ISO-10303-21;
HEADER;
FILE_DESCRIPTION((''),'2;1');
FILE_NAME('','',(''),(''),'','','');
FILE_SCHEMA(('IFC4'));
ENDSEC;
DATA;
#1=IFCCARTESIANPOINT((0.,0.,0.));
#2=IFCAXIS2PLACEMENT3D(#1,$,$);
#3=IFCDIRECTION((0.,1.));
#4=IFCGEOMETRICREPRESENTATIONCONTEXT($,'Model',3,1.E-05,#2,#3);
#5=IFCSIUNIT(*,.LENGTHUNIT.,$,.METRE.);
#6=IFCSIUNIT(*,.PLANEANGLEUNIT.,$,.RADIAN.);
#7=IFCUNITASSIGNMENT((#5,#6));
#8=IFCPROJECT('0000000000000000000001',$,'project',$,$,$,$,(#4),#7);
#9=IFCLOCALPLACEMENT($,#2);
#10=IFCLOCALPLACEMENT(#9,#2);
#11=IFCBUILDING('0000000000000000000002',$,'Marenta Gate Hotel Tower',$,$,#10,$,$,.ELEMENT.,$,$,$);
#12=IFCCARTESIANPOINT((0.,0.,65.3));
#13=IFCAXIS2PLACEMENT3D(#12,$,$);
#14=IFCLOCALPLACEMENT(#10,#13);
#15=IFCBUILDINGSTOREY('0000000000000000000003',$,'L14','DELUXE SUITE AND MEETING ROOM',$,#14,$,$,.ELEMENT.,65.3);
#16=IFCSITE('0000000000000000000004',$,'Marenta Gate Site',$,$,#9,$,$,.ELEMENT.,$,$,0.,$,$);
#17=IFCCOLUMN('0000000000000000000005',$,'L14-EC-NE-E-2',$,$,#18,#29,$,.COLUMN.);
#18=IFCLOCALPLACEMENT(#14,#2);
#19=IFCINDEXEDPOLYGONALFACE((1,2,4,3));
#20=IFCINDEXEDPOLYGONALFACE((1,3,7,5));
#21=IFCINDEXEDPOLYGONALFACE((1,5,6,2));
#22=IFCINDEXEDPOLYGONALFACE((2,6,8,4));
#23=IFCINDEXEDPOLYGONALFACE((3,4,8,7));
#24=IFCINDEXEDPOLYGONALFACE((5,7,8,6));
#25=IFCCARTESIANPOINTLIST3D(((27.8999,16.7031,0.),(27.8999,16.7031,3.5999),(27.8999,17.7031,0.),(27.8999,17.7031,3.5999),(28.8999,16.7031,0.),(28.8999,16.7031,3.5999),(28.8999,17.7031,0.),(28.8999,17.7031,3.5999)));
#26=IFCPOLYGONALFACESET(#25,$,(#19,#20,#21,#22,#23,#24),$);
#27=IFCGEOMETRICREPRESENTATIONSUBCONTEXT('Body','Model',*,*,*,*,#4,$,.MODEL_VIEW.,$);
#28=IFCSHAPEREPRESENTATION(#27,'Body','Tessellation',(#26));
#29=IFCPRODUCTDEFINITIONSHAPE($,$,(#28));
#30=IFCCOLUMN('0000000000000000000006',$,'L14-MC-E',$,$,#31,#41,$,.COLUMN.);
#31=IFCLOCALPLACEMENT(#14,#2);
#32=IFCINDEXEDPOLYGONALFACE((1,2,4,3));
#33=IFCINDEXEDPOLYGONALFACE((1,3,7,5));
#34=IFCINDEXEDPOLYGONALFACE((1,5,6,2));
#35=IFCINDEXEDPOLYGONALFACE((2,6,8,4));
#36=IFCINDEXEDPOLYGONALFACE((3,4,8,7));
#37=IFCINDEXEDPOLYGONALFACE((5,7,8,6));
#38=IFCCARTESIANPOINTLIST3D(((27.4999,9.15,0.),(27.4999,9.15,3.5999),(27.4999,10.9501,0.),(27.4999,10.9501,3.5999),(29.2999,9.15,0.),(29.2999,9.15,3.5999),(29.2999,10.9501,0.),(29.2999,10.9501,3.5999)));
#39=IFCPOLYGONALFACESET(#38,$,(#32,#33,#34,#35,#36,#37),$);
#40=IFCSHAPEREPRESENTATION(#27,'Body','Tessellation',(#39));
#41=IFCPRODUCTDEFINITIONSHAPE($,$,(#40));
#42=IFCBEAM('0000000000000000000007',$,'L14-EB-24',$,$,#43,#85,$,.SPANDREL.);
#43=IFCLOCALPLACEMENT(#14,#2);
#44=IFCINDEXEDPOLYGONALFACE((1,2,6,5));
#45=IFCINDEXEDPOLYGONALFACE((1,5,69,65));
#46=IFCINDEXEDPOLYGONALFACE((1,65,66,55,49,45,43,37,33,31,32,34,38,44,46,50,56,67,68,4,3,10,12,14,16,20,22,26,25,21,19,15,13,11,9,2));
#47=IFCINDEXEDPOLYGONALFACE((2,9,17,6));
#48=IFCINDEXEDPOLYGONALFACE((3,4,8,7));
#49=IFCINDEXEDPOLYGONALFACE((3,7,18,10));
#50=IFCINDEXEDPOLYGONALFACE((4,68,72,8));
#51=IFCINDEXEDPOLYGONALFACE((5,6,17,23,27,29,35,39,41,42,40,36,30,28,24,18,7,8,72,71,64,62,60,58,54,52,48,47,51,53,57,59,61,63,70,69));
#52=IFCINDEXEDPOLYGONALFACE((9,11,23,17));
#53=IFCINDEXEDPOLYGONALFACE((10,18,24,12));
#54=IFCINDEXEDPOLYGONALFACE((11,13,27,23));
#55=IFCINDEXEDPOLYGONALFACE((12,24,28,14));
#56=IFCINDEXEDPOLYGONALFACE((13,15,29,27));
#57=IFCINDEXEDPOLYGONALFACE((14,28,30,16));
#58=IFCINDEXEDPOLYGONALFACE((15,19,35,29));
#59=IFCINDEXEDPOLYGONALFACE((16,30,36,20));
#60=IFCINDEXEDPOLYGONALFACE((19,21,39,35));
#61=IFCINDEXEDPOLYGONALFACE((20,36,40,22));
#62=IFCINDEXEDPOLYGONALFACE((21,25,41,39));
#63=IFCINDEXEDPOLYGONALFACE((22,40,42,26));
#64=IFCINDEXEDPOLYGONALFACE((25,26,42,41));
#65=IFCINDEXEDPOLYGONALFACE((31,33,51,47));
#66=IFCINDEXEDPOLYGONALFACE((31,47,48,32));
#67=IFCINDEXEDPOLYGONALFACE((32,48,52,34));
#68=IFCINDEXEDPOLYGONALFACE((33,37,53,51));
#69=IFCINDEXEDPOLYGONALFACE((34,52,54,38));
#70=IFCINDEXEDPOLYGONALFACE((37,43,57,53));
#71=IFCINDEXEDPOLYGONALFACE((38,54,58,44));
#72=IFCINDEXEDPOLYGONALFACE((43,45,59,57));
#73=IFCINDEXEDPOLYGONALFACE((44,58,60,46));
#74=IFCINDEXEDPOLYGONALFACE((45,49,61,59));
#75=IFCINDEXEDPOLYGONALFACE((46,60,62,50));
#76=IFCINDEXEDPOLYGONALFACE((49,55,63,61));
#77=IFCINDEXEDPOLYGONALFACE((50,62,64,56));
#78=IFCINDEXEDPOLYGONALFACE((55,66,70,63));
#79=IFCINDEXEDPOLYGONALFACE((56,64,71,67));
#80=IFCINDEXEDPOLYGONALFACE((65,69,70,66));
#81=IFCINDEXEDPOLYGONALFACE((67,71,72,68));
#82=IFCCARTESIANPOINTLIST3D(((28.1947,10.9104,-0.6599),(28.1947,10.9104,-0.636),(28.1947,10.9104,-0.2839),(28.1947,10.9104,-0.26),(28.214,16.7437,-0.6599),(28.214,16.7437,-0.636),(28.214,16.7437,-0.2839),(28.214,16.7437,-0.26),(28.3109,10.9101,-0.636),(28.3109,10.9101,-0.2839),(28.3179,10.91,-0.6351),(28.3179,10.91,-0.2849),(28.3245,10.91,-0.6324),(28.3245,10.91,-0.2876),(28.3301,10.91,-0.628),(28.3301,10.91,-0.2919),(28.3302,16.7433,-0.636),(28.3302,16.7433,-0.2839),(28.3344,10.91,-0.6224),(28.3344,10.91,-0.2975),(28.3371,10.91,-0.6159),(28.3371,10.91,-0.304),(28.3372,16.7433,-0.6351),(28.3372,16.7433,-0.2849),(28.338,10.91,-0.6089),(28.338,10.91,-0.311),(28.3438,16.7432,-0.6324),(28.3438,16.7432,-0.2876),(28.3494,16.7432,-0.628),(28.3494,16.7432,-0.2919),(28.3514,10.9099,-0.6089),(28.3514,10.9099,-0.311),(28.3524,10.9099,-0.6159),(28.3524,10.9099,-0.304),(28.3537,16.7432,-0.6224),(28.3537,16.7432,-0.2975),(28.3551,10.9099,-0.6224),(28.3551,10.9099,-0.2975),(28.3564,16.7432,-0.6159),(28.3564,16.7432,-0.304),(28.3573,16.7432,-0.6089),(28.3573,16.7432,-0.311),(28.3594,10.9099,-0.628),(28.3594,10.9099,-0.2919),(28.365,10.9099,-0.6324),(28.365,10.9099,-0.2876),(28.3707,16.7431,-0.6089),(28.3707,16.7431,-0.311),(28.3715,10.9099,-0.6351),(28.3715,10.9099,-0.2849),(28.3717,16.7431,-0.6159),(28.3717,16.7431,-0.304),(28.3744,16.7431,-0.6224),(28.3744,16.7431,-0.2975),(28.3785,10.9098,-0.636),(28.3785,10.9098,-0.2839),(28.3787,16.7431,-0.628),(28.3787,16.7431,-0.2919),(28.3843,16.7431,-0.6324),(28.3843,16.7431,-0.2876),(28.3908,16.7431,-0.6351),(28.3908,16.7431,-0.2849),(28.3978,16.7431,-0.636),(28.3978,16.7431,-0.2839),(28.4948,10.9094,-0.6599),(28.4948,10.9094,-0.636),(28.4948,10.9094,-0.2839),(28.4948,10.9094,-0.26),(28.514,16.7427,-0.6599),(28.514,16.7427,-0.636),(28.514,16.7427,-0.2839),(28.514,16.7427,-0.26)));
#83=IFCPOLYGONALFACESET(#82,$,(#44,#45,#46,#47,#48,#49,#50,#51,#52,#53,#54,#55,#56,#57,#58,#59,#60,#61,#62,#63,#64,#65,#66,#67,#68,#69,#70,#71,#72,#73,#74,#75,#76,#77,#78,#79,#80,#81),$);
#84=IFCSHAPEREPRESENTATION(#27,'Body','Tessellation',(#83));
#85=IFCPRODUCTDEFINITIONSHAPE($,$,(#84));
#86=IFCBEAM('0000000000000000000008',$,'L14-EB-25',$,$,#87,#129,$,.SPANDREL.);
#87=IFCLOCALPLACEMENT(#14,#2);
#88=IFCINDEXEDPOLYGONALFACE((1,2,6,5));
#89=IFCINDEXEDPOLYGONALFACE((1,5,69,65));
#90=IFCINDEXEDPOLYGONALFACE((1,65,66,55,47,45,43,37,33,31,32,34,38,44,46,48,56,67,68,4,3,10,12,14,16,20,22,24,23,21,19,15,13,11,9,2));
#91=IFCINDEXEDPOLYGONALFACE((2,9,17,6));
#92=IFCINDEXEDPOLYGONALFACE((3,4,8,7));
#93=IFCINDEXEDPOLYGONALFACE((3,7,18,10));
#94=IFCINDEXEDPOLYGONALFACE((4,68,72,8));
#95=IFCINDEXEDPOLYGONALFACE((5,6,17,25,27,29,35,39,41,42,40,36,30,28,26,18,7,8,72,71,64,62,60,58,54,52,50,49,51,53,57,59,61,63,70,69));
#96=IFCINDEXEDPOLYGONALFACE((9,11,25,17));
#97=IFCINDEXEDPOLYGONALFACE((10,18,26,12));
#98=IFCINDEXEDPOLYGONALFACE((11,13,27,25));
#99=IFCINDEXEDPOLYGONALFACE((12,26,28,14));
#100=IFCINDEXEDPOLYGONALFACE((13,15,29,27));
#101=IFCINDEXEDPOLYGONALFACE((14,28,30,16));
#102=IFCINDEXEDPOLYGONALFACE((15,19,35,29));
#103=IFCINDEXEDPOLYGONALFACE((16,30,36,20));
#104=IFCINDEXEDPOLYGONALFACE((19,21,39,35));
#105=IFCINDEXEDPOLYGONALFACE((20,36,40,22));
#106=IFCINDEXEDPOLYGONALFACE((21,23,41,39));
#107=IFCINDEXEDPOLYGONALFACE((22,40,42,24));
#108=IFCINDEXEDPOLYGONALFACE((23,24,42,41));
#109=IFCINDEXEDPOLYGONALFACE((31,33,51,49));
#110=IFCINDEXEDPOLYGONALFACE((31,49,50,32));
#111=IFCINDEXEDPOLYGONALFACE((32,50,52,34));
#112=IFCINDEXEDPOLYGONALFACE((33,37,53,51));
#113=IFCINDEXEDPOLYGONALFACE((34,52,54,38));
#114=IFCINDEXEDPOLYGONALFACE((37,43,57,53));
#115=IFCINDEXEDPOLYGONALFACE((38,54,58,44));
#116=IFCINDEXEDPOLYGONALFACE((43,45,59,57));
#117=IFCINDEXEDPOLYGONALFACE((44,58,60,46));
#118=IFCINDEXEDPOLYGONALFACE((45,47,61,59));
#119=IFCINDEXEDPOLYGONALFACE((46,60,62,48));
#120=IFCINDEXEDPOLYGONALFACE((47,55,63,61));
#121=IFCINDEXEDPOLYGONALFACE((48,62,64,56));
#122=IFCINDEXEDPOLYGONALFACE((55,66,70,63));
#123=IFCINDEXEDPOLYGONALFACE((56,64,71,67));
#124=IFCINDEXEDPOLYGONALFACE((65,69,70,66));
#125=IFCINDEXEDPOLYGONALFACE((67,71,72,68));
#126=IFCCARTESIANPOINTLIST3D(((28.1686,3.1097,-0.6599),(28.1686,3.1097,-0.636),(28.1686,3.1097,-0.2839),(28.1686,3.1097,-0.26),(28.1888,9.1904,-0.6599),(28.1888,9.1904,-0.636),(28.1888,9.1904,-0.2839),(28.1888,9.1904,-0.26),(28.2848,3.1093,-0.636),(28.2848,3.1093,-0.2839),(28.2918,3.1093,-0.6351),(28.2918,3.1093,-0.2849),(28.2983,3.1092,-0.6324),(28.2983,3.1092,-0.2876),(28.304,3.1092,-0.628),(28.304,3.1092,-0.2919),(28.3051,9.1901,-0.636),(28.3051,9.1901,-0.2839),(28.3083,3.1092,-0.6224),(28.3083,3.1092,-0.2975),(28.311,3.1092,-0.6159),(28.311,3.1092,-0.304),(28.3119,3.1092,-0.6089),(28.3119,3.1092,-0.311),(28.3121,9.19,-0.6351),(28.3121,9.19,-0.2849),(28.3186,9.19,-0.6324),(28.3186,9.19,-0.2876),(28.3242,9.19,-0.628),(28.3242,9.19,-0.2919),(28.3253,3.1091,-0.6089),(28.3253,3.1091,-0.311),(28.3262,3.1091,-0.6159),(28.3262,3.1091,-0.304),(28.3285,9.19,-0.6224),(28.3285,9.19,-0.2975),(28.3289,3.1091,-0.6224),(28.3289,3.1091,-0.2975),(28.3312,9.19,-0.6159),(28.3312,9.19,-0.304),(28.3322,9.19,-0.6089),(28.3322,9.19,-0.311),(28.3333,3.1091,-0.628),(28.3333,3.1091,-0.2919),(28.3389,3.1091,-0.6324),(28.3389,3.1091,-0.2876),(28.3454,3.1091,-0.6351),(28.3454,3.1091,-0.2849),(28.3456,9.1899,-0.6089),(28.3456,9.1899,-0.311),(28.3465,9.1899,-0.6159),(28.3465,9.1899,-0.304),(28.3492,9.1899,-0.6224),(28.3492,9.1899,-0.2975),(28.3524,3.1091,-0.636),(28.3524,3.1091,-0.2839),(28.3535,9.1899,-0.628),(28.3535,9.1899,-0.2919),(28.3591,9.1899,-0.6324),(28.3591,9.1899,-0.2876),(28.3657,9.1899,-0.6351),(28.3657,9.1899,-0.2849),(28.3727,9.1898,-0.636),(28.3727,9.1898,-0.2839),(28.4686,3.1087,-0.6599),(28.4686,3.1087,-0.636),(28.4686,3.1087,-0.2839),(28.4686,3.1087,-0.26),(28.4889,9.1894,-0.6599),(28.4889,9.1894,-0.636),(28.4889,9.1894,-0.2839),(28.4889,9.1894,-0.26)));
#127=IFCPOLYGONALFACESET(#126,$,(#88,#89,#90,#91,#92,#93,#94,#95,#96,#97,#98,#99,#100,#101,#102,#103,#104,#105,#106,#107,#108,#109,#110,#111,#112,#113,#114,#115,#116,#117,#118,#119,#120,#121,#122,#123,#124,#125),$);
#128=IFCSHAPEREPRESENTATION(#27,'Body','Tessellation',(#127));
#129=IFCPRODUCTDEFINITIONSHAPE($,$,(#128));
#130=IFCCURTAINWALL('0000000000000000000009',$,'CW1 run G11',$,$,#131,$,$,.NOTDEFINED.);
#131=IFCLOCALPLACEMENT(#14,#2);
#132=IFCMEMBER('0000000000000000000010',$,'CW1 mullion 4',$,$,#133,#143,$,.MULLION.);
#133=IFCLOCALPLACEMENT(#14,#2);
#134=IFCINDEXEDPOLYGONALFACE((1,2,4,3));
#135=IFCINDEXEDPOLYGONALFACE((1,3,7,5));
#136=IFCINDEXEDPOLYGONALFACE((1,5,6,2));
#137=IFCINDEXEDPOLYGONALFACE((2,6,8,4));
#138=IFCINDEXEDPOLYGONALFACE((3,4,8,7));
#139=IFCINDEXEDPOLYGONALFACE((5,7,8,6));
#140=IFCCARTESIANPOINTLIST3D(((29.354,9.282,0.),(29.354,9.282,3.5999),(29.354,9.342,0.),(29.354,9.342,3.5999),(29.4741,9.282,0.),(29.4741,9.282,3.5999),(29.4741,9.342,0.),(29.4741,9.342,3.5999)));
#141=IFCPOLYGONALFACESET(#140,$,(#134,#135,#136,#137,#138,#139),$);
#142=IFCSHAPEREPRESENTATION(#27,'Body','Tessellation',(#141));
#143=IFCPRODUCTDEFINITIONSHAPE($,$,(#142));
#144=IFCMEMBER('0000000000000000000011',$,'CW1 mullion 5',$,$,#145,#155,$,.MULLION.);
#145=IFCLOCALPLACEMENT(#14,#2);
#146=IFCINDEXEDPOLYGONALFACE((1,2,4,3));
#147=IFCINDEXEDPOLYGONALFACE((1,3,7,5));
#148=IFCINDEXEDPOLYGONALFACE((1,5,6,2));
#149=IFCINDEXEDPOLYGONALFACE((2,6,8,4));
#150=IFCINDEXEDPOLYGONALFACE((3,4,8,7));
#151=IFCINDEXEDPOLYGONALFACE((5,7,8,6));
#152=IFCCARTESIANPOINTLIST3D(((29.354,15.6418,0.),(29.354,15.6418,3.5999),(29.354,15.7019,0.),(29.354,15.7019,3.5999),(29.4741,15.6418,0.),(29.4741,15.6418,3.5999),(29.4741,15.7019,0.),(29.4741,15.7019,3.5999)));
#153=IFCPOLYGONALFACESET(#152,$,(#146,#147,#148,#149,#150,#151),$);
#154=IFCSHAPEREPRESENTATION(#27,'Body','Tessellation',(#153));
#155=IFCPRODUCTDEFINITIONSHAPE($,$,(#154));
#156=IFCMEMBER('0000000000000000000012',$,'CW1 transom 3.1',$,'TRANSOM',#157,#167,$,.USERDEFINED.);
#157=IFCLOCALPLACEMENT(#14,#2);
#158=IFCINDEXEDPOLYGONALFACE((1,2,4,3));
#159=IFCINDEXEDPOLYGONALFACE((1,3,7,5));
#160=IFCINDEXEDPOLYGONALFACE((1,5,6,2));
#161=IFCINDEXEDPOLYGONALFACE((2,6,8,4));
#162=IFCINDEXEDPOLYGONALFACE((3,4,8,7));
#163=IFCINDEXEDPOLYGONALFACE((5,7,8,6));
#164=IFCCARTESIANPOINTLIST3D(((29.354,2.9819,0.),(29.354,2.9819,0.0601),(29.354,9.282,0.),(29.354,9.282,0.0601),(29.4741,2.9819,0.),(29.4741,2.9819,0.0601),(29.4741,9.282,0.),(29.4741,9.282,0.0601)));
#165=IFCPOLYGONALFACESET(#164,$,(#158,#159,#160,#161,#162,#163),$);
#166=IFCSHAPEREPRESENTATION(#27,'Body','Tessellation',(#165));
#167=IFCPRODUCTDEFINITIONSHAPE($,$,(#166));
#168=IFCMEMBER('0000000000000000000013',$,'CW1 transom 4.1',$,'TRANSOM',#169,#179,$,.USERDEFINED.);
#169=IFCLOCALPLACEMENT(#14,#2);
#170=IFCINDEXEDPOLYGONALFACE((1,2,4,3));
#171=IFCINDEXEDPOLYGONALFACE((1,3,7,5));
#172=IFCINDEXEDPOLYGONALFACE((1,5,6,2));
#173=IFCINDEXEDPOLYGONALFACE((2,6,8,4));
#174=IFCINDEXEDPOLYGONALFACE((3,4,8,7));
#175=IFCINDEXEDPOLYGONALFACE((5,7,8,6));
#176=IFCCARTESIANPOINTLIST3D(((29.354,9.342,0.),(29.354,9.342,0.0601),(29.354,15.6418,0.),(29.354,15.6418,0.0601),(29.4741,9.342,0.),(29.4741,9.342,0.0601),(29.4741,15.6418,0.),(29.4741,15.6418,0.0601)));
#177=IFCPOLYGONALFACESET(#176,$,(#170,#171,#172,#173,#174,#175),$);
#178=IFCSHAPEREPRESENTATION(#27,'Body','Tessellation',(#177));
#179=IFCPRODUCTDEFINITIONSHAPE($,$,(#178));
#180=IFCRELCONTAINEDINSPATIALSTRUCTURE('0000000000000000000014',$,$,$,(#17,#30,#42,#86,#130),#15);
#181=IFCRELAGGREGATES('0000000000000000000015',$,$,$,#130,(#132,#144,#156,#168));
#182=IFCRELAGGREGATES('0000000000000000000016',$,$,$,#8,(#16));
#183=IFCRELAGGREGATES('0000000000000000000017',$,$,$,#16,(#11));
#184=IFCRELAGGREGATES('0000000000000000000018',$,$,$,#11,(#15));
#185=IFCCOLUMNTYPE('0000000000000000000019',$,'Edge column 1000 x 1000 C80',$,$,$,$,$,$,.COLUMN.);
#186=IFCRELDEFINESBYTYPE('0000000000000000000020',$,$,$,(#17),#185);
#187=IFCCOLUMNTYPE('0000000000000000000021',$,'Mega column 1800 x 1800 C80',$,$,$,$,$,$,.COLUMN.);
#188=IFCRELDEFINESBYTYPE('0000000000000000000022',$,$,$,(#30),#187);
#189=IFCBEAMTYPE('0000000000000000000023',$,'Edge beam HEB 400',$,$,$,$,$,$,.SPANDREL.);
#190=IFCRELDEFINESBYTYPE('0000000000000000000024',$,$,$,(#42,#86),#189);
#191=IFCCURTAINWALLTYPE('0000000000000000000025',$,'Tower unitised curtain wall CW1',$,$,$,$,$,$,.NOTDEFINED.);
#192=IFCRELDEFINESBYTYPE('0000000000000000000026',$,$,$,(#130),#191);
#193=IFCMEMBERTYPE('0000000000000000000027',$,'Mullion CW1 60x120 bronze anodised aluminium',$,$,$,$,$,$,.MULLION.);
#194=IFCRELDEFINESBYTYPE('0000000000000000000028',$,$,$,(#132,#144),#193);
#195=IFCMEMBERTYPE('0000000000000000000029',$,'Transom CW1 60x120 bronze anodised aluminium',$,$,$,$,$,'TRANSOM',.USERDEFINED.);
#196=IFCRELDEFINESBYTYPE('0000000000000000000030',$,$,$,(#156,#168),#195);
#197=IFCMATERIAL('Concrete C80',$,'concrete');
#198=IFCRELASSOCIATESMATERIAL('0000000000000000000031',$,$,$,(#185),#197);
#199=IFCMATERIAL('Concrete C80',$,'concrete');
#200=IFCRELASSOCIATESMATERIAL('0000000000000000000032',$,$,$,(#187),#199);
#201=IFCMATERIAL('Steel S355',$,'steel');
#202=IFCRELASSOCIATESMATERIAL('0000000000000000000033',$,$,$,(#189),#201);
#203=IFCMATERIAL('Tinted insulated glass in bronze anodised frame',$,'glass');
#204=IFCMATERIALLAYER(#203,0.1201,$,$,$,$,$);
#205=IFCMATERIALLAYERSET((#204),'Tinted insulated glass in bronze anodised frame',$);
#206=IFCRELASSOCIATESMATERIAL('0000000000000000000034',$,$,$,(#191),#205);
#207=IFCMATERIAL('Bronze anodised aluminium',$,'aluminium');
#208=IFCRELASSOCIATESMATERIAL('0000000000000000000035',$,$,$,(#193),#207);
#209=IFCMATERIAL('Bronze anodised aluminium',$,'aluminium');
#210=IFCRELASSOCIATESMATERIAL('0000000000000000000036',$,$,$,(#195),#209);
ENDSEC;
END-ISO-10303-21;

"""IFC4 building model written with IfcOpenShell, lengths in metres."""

from ifc_helpers import new_model, si_unit, direction, frame, origin, origin_2d, place, context, subcontext, project, spatial, rectangle, i_section, extrude, material, layer, layer_set, material_profile, profile_set, type_object, element, aggregate, save


model = new_model("IFC4")

# Units and contexts
model_context = context("Model", 3, precision=1e-05, world=origin(), true_north=direction((0.0, 1.0)))
body_context = subcontext(model_context, "Body", "Model", "MODEL_VIEW")
ifc_project = project(units=[si_unit("LENGTHUNIT", "METRE"), si_unit("PLANEANGLEUNIT", "RADIAN")], contexts=[model_context])

# Site, building, storey
site_placement = place(None, origin())
site = spatial("IfcSite", under=ifc_project, at=site_placement, Name="Marenta Gate Site", CompositionType="ELEMENT", RefElevation=0.0)
building_placement = place(site_placement, origin())
building = spatial("IfcBuilding", under=site, at=building_placement, Name="Marenta Gate Hotel Tower", CompositionType="ELEMENT")
storey_placement = place(building_placement, frame((0.0, 0.0, 65.3)))
storey = spatial("IfcBuildingStorey", under=building, at=storey_placement, Name="L14", Description="DELUXE SUITE AND MEETING ROOM", CompositionType="ELEMENT", Elevation=65.3)

# Columns
ifc_material_1 = material(Name="Concrete C80", Category="concrete")
ifc_material_profile_1 = material_profile(ifc_material_1, rectangle(XDim=1.0, YDim=1.0, at=origin_2d()), Name="1000 x 1000")
ifc_profile_set_1 = profile_set([ifc_material_profile_1], Name="Concrete C80")
column_type_1 = type_object("IfcColumnType", Name="Edge column 1000 x 1000 C80", PredefinedType="COLUMN", material=ifc_profile_set_1)
column_1_placement = place(storey_placement, frame((28.3999, 17.2031, 0.0), z_axis=(0.0, 0.0, 1.0), x_axis=(1.0, 0.0, 0.0)))
element("IfcColumn", 1, at=column_1_placement, inside=storey, type_object=column_type_1, Name="L14-EC-NE-E-2", PredefinedType="COLUMN", context=body_context, shape_type="SweptSolid", body=[
    extrude(rectangle(XDim=1.0, YDim=1.0, at=origin_2d()), origin(), (0.0, 0.0, 1.0), 3.5999),
])
ifc_material_2 = material(Name="Concrete C80", Category="concrete")
ifc_material_profile_2 = material_profile(ifc_material_2, rectangle(XDim=1.8, YDim=1.8, at=origin_2d()), Name="1800 x 1800")
ifc_profile_set_2 = profile_set([ifc_material_profile_2], Name="Concrete C80")
column_type_2 = type_object("IfcColumnType", Name="Mega column 1800 x 1800 C80", PredefinedType="COLUMN", material=ifc_profile_set_2)
column_2_placement = place(storey_placement, frame((28.3999, 10.05, 0.0), z_axis=(0.0, 0.0, 1.0), x_axis=(1.0, 0.0, 0.0)))
element("IfcColumn", 2, at=column_2_placement, inside=storey, type_object=column_type_2, Name="L14-MC-E", PredefinedType="COLUMN", context=body_context, shape_type="SweptSolid", body=[
    extrude(rectangle(XDim=1.8, YDim=1.8, at=origin_2d()), origin(), (0.0, 0.0, 1.0), 3.5999),
])

# Beams
ifc_material_3 = material(Name="Steel S355", Category="steel")
ifc_material_profile_3 = material_profile(ifc_material_3, i_section(OverallWidth=0.3, OverallDepth=0.3999, WebThickness=0.0134, FlangeThickness=0.0239, FilletRadius=0.0271, at=origin_2d()), Name="HEB 400")
ifc_profile_set_3 = profile_set([ifc_material_profile_3], Name="Steel S355")
beam_type = type_object("IfcBeamType", Name="Edge beam HEB 400", PredefinedType="SPANDREL", material=ifc_profile_set_3)
beam_1_placement = place(storey_placement, frame((28.364, 16.7432, -0.46), z_axis=(-0.003306, -0.999995, 0.0), x_axis=(0.999995, -0.003306, 0.0)))
element("IfcBeam", 3, at=beam_1_placement, inside=storey, type_object=beam_type, Name="L14-EB-24", PredefinedType="SPANDREL", context=body_context, shape_type="SweptSolid", body=[
    extrude(i_section(OverallWidth=0.3, OverallDepth=0.3999, WebThickness=0.0134, FlangeThickness=0.0239, FilletRadius=0.0271, at=origin_2d()), origin(), (0.0, 0.0, 1.0), 5.8333),
])
beam_2_placement = place(storey_placement, frame((28.3389, 9.1899, -0.46), z_axis=(-0.003332, -0.999994, 0.0), x_axis=(0.999994, -0.003332, 0.0)))
element("IfcBeam", 4, at=beam_2_placement, inside=storey, type_object=beam_type, Name="L14-EB-25", PredefinedType="SPANDREL", context=body_context, shape_type="SweptSolid", body=[
    extrude(i_section(OverallWidth=0.3, OverallDepth=0.3999, WebThickness=0.0134, FlangeThickness=0.0239, FilletRadius=0.0271, at=origin_2d()), origin(), (0.0, 0.0, 1.0), 6.0808),
])

# Curtain wall, members
ifc_material_4 = material(Name="Tinted insulated glass in bronze anodised frame", Category="glass")
ifc_layer_1 = layer(ifc_material_4, 0.1201)
ifc_layer_set_1 = layer_set([ifc_layer_1], Name="Tinted insulated glass in bronze anodised frame")
curtain_wall_type = type_object("IfcCurtainWallType", Name="Tower unitised curtain wall CW1", PredefinedType="NOTDEFINED", material=ifc_layer_set_1)
curtain_wall_placement = place(storey_placement, origin())
curtain_wall = element("IfcCurtainWall", 5, at=curtain_wall_placement, inside=storey, type_object=curtain_wall_type, Name="CW1 run G11", PredefinedType="NOTDEFINED")
ifc_material_5 = material(Name="Bronze anodised aluminium", Category="aluminium")
ifc_material_profile_4 = material_profile(ifc_material_5, rectangle(XDim=0.1201, YDim=0.0601, at=origin_2d()), Name="Mullion CW1 60x120 bronze anodised aluminium")
ifc_profile_set_4 = profile_set([ifc_material_profile_4], Name="Bronze anodised aluminium")
member_type_1 = type_object("IfcMemberType", Name="Mullion CW1 60x120 bronze anodised aluminium", PredefinedType="MULLION", material=ifc_profile_set_4)
member_1_placement = place(storey_placement, frame((29.4141, 9.312, 0.0), z_axis=(0.0, 0.0, 1.0), x_axis=(-1.0, 0.0, 0.0)))
member_1 = element("IfcMember", 6, at=member_1_placement, type_object=member_type_1, Name="CW1 mullion 4", PredefinedType="MULLION", context=body_context, shape_type="SweptSolid", body=[
    extrude(rectangle(XDim=0.1201, YDim=0.0601, at=origin_2d()), origin(), (0.0, 0.0, 1.0), 3.5999),
])
member_2_placement = place(storey_placement, frame((29.4141, 15.6719, 0.0), z_axis=(0.0, 0.0, 1.0), x_axis=(-1.0, 0.0, 0.0)))
member_2 = element("IfcMember", 7, at=member_2_placement, type_object=member_type_1, Name="CW1 mullion 5", PredefinedType="MULLION", context=body_context, shape_type="SweptSolid", body=[
    extrude(rectangle(XDim=0.1201, YDim=0.0601, at=origin_2d()), origin(), (0.0, 0.0, 1.0), 3.5999),
])
ifc_material_6 = material(Name="Bronze anodised aluminium", Category="aluminium")
ifc_material_profile_5 = material_profile(ifc_material_6, rectangle(XDim=0.1201, YDim=0.0601, at=origin_2d()), Name="Transom CW1 60x120 bronze anodised aluminium")
ifc_profile_set_5 = profile_set([ifc_material_profile_5], Name="Bronze anodised aluminium")
member_type_2 = type_object("IfcMemberType", Name="Transom CW1 60x120 bronze anodised aluminium", ElementType="TRANSOM", PredefinedType="USERDEFINED", material=ifc_profile_set_5)
member_3_placement = place(storey_placement, frame((29.4141, 2.9819, 0.03), z_axis=(0.0, 1.0, 0.0), x_axis=(-1.0, 0.0, 0.0)))
member_3 = element("IfcMember", 8, at=member_3_placement, type_object=member_type_2, Name="CW1 transom 3.1", ObjectType="TRANSOM", PredefinedType="USERDEFINED", context=body_context, shape_type="SweptSolid", body=[
    extrude(rectangle(XDim=0.1201, YDim=0.0601, at=origin_2d()), origin(), (0.0, 0.0, 1.0), 6.3),
])
member_4_placement = place(storey_placement, frame((29.4141, 9.342, 0.03), z_axis=(0.0, 1.0, 0.0), x_axis=(-1.0, 0.0, 0.0)))
member_4 = element("IfcMember", 9, at=member_4_placement, type_object=member_type_2, Name="CW1 transom 4.1", ObjectType="TRANSOM", PredefinedType="USERDEFINED", context=body_context, shape_type="SweptSolid", body=[
    extrude(rectangle(XDim=0.1201, YDim=0.0601, at=origin_2d()), origin(), (0.0, 0.0, 1.0), 6.2998),
])
aggregate(curtain_wall, [member_1, member_2, member_3, member_4])

save(model, "model.ifc")
